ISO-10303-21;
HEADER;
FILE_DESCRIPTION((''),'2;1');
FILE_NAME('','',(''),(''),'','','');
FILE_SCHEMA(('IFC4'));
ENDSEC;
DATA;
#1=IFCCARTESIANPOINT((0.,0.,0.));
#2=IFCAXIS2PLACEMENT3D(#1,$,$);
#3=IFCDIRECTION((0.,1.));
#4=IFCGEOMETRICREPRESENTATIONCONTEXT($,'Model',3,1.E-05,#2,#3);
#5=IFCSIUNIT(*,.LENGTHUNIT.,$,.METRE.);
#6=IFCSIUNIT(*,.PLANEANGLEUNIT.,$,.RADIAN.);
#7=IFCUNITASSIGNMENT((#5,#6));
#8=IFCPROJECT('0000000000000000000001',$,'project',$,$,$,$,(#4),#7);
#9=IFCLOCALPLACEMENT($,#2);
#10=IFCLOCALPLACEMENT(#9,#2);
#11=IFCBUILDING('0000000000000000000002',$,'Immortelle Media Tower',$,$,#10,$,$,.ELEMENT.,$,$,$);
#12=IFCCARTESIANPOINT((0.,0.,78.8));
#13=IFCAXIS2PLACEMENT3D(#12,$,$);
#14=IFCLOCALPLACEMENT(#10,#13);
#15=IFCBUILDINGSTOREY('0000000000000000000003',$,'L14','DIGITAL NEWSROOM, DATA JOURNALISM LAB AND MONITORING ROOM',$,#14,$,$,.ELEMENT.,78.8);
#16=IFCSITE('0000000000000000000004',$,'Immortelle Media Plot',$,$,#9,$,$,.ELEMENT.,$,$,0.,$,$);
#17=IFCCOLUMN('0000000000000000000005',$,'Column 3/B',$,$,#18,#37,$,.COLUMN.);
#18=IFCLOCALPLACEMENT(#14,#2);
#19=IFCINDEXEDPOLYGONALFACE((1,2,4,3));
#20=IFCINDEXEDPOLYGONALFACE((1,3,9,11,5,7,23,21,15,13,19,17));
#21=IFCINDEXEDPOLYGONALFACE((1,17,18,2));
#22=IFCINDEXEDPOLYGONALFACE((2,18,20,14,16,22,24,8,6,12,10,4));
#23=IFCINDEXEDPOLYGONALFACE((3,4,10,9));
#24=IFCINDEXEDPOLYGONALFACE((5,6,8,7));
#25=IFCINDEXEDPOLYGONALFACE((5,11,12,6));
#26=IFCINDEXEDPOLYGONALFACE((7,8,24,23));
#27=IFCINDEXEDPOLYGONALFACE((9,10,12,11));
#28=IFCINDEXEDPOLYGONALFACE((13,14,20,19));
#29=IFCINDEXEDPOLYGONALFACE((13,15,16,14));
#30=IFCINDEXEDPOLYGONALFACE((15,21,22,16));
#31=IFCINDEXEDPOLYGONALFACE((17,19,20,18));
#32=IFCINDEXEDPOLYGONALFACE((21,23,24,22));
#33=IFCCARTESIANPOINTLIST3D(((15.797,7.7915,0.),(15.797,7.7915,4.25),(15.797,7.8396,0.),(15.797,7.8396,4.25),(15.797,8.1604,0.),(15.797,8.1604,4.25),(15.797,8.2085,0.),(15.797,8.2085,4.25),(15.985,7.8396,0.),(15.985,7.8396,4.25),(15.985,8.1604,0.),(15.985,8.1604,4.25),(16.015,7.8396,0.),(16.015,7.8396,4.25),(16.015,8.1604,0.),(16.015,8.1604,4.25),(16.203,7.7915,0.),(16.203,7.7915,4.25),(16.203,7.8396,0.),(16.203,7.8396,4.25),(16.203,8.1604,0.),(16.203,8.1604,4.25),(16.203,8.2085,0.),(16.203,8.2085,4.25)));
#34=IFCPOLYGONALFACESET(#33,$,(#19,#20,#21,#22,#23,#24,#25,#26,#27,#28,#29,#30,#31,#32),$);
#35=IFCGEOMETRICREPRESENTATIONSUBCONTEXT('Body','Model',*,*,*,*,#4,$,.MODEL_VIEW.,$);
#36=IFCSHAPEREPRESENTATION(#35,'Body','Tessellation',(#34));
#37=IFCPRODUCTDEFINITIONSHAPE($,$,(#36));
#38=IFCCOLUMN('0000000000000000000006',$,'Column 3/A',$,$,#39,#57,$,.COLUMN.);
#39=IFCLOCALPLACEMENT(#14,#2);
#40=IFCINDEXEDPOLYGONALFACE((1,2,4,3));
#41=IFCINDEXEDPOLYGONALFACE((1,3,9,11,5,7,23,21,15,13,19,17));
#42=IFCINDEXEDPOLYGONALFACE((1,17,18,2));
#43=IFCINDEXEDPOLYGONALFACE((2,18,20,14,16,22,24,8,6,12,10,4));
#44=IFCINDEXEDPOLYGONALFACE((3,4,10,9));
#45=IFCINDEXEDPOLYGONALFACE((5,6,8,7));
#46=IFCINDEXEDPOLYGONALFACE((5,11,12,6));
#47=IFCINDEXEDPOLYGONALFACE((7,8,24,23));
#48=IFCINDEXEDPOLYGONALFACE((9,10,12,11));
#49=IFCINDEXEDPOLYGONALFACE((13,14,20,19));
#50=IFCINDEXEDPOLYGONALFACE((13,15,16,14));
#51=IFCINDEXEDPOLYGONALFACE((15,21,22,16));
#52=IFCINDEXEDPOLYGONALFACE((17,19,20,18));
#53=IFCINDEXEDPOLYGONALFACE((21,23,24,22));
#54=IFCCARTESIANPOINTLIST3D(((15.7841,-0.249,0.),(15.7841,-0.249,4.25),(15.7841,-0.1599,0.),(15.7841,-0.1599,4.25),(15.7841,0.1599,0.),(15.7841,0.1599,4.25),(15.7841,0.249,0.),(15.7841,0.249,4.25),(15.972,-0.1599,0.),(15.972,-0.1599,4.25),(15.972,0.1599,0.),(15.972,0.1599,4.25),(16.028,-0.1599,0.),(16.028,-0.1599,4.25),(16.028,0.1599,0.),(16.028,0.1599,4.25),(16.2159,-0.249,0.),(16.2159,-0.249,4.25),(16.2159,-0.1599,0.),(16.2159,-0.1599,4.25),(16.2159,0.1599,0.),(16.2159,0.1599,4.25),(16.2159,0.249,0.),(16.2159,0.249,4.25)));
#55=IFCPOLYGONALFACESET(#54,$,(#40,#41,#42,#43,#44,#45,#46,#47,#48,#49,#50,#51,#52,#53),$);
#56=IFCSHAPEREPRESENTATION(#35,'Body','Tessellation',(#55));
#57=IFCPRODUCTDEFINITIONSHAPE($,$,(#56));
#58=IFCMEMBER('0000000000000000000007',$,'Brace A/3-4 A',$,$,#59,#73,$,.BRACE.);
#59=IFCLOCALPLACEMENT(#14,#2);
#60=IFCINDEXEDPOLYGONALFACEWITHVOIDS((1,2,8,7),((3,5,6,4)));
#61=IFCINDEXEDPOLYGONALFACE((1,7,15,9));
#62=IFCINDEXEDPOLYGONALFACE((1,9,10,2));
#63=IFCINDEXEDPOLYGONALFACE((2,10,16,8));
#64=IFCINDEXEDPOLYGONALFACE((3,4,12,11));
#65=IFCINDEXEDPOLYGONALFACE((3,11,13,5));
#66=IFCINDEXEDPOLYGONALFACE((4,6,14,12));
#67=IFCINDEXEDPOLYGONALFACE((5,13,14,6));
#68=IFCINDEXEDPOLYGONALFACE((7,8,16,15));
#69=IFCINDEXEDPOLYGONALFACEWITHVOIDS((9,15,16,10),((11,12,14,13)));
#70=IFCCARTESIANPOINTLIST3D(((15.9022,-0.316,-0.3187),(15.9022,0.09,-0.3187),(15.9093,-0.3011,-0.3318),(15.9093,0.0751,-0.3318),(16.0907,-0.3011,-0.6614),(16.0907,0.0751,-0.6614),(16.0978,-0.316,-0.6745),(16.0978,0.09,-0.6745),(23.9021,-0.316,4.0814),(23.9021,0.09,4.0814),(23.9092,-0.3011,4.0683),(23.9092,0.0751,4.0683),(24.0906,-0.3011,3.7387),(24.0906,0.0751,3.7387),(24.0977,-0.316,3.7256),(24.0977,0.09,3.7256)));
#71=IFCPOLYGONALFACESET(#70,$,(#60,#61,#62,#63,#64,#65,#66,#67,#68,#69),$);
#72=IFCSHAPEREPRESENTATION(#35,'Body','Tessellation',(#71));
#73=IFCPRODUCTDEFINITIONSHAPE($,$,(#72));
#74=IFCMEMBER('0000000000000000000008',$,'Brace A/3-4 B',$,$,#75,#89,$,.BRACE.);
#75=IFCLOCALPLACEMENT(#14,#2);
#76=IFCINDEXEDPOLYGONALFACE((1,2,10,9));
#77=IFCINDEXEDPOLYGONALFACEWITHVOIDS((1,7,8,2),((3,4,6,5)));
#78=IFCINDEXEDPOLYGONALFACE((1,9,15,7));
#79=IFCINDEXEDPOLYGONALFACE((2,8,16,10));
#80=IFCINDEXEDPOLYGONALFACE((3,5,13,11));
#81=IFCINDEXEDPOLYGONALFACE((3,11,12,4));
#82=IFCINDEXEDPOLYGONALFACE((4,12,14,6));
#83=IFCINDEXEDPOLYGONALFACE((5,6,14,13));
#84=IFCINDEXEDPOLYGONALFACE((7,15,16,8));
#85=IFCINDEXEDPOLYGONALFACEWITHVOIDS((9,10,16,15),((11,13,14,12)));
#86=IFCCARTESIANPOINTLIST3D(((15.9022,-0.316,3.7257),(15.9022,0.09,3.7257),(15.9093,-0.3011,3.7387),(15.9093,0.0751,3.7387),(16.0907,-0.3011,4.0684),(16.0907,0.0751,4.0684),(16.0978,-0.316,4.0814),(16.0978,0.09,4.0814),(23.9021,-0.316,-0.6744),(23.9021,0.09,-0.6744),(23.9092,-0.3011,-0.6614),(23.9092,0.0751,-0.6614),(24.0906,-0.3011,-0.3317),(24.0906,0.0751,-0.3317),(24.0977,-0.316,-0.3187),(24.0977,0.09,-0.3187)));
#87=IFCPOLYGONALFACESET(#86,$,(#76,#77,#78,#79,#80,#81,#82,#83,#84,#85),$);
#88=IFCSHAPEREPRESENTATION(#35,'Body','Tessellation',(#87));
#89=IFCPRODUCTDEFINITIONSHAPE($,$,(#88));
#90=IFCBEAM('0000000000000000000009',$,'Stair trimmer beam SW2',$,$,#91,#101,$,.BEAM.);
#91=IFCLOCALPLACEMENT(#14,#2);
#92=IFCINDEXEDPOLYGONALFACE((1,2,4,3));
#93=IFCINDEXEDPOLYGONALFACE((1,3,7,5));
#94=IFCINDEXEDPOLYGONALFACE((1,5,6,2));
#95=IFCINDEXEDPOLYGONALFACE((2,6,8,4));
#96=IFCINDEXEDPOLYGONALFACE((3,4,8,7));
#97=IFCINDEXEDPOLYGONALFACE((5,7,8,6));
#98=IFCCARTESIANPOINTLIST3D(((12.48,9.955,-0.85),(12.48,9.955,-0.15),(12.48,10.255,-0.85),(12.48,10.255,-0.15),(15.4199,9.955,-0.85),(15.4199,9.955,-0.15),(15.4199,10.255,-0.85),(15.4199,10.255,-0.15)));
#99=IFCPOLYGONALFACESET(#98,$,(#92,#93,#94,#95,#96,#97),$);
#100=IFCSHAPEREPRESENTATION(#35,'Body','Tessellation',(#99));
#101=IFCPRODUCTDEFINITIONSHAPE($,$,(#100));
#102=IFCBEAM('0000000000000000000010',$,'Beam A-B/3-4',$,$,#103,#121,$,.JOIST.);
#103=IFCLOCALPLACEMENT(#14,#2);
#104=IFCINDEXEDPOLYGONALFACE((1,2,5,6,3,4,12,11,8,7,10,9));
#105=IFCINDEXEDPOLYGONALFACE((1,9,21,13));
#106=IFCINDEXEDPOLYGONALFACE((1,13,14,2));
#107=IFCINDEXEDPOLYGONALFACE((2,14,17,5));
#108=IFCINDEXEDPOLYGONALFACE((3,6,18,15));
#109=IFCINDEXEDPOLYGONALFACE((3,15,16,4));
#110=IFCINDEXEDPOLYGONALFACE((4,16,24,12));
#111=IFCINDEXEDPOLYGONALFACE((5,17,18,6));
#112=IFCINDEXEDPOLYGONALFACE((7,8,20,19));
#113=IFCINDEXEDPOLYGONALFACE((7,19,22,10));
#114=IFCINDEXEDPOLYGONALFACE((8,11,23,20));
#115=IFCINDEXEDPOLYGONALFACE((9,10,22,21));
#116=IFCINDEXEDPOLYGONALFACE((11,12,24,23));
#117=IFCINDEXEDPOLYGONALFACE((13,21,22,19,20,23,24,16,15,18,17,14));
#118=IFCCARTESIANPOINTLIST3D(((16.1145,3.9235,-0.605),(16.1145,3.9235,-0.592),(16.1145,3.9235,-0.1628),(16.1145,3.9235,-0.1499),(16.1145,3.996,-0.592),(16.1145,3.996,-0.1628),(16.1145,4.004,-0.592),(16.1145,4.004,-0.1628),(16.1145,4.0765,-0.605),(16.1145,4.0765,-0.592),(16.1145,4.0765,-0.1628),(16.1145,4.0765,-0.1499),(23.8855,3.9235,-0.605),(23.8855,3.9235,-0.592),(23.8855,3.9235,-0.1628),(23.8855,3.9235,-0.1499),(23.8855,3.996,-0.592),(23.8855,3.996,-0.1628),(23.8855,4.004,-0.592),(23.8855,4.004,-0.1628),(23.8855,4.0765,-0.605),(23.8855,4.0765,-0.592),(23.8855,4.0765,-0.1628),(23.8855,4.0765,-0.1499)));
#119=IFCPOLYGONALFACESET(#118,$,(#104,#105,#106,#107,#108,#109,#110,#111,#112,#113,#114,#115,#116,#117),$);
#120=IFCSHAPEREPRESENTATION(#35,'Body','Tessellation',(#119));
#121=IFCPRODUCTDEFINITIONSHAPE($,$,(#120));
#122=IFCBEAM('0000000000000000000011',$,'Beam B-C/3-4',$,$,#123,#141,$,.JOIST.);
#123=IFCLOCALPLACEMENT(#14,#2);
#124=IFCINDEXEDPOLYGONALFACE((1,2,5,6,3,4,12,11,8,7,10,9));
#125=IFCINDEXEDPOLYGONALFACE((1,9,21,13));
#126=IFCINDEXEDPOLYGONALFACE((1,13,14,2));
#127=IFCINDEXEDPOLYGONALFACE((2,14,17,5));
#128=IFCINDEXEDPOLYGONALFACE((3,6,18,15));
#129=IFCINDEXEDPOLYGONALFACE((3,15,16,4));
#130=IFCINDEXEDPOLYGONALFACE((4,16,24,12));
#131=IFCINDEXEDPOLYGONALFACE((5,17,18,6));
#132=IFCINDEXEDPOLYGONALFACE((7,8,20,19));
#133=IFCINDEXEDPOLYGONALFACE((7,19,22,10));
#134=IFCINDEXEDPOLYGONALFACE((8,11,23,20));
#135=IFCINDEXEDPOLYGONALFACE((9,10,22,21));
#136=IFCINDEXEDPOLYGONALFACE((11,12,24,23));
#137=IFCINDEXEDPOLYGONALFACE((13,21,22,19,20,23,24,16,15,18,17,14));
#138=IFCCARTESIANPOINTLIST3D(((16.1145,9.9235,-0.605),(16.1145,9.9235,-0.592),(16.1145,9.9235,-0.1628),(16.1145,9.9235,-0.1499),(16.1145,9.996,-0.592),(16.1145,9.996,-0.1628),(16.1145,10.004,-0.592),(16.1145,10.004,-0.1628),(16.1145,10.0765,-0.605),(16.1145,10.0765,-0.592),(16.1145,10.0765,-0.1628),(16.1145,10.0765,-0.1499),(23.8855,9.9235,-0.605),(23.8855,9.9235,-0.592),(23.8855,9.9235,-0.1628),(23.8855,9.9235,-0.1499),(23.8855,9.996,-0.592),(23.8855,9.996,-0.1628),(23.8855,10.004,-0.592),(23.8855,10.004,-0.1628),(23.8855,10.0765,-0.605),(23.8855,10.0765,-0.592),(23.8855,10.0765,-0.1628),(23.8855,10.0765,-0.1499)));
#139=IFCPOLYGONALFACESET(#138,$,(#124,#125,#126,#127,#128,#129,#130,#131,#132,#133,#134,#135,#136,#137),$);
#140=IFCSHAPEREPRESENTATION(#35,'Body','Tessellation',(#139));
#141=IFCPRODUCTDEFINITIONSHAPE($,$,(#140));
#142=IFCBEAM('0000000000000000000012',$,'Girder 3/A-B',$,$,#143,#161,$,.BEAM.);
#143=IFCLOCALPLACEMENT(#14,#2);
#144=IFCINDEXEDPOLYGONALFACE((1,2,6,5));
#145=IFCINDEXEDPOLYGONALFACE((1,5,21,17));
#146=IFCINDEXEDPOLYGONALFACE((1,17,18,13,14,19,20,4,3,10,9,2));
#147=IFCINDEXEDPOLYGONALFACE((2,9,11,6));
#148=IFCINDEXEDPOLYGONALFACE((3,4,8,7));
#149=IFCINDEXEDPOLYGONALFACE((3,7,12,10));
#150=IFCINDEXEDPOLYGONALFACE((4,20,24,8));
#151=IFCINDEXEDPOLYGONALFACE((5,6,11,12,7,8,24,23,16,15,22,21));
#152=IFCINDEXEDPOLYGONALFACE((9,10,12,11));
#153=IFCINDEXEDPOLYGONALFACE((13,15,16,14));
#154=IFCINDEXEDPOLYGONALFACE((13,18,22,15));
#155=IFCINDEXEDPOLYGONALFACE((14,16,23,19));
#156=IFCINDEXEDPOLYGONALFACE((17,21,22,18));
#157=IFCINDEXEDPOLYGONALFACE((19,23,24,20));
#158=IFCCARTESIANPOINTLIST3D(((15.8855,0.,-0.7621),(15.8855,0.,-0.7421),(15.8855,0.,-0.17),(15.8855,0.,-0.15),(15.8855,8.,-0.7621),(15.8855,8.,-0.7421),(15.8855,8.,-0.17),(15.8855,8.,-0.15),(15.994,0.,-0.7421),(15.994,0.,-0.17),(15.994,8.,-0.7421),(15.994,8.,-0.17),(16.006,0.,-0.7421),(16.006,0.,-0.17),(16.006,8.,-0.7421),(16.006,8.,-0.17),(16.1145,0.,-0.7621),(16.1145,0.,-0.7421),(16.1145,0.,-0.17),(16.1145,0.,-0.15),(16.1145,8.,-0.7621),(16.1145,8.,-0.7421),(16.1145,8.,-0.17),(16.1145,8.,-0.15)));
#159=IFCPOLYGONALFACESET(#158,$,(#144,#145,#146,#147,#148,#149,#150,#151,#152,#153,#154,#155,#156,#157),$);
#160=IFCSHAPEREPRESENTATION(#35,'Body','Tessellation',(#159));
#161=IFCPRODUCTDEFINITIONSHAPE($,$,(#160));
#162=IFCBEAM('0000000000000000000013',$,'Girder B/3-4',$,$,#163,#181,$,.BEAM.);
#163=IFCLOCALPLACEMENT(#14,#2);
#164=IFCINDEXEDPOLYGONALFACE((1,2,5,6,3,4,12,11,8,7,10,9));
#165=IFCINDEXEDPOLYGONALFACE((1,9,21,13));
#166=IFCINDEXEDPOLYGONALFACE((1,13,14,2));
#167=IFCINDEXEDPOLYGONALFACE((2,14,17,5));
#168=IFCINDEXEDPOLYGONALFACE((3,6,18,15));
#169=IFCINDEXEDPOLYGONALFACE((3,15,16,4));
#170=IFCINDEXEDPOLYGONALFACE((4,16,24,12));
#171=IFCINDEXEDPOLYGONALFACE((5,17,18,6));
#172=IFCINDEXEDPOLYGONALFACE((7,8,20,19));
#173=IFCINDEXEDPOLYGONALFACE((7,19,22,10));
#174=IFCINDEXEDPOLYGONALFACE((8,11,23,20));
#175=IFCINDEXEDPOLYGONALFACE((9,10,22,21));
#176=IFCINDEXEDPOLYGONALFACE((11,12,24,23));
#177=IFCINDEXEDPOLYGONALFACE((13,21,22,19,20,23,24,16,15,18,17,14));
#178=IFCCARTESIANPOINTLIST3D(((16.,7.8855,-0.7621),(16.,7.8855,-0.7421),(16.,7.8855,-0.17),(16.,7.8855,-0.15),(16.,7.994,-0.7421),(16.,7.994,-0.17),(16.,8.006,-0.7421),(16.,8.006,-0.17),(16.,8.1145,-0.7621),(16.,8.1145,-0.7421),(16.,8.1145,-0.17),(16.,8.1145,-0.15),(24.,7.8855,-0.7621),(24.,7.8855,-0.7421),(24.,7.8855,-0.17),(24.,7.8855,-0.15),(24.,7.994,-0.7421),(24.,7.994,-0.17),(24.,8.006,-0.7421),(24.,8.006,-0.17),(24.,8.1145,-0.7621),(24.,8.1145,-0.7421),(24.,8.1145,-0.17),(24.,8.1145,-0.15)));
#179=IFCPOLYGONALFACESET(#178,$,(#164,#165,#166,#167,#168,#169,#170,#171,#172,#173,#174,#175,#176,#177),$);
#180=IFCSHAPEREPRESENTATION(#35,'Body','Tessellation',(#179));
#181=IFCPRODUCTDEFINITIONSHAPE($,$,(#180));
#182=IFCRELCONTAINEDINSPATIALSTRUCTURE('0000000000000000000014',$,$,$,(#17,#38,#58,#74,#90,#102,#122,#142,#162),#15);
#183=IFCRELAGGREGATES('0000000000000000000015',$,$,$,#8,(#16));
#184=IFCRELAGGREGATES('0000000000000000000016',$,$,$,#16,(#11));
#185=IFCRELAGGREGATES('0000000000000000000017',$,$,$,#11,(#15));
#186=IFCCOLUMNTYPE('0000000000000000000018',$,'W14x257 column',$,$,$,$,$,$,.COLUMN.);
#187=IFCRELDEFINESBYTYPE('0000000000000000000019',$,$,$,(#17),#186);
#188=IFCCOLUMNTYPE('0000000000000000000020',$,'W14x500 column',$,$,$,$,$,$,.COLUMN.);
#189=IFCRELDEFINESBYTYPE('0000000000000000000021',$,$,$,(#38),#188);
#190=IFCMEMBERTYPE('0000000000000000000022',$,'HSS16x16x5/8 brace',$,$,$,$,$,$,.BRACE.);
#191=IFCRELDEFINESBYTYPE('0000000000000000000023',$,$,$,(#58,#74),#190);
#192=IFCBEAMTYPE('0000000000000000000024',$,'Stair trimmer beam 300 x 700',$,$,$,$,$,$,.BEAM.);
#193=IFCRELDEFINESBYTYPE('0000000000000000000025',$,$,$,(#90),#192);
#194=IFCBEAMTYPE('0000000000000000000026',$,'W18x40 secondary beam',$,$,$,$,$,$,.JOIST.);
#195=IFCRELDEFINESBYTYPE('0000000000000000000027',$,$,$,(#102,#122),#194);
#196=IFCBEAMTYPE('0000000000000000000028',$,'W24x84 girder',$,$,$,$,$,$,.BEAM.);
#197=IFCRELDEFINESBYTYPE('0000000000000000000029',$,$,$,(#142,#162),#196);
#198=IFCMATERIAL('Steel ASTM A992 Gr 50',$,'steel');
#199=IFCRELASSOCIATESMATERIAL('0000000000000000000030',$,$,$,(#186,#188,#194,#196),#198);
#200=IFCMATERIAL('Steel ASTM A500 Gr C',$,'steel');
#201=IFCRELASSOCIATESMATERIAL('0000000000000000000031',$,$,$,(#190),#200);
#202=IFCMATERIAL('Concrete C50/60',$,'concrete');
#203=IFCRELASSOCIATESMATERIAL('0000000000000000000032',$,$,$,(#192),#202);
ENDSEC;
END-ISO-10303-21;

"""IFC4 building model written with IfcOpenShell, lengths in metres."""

from ifc_helpers import new_model, si_unit, direction, frame, origin, origin_2d, place, context, subcontext, project, spatial, rectangle, hollow_rectangle, i_section, extrude, material, material_profile, profile_set, type_object, element, save


model = new_model("IFC4")

# Units and contexts
model_context = context("Model", 3, precision=1e-05, world=origin(), true_north=direction((0.0, 1.0)))
body_context = subcontext(model_context, "Body", "Model", "MODEL_VIEW")
ifc_project = project(units=[si_unit("LENGTHUNIT", "METRE"), si_unit("PLANEANGLEUNIT", "RADIAN")], contexts=[model_context])

# Site, building, storey
site_placement = place(None, origin())
site = spatial("IfcSite", under=ifc_project, at=site_placement, Name="Immortelle Media Plot", CompositionType="ELEMENT", RefElevation=0.0)
building_placement = place(site_placement, origin())
building = spatial("IfcBuilding", under=site, at=building_placement, Name="Immortelle Media Tower", CompositionType="ELEMENT")
storey_placement = place(building_placement, frame((0.0, 0.0, 78.8)))
storey = spatial("IfcBuildingStorey", under=building, at=storey_placement, Name="L14", Description="DIGITAL NEWSROOM, DATA JOURNALISM LAB AND MONITORING ROOM", CompositionType="ELEMENT", Elevation=78.8)

# Columns
ifc_material_1 = material(Name="Steel ASTM A992 Gr 50", Category="steel")
ifc_material_profile_1 = material_profile(ifc_material_1, i_section(OverallWidth=0.406, OverallDepth=0.417, WebThickness=0.03, FlangeThickness=0.0481, at=origin_2d()), Name="W14x257")
ifc_profile_set_1 = profile_set([ifc_material_profile_1], Name="Steel ASTM A992 Gr 50")
column_type_1 = type_object("IfcColumnType", Name="W14x257 column", PredefinedType="COLUMN", material=ifc_profile_set_1)
column_1_placement = place(storey_placement, frame((16.0, 8.0, 0.0), z_axis=(0.0, 0.0, 1.0), x_axis=(1.0, 0.0, 0.0)))
element("IfcColumn", 1, at=column_1_placement, inside=storey, type_object=column_type_1, Name="Column 3/B", PredefinedType="COLUMN", context=body_context, shape_type="SweptSolid", body=[
    extrude(i_section(OverallWidth=0.406, OverallDepth=0.417, WebThickness=0.03, FlangeThickness=0.0481, at=origin_2d()), origin(), (0.0, 0.0, 1.0), 4.25),
])
ifc_material_profile_2 = material_profile(ifc_material_1, i_section(OverallWidth=0.4319, OverallDepth=0.498, WebThickness=0.0559, FlangeThickness=0.0891, at=origin_2d()), Name="W14x500")
ifc_profile_set_2 = profile_set([ifc_material_profile_2], Name="Steel ASTM A992 Gr 50")
column_type_2 = type_object("IfcColumnType", Name="W14x500 column", PredefinedType="COLUMN", material=ifc_profile_set_2)
column_2_placement = place(storey_placement, frame((16.0, 0.0, 0.0), z_axis=(0.0, 0.0, 1.0), x_axis=(1.0, 0.0, 0.0)))
element("IfcColumn", 2, at=column_2_placement, inside=storey, type_object=column_type_2, Name="Column 3/A", PredefinedType="COLUMN", context=body_context, shape_type="SweptSolid", body=[
    extrude(i_section(OverallWidth=0.4319, OverallDepth=0.498, WebThickness=0.0559, FlangeThickness=0.0891, at=origin_2d()), origin(), (0.0, 0.0, 1.0), 4.25),
])

# Members
ifc_material_2 = material(Name="Steel ASTM A500 Gr C", Category="steel")
ifc_material_profile_3 = material_profile(ifc_material_2, hollow_rectangle(XDim=0.406, YDim=0.406, WallThickness=0.0149, at=origin_2d()), Name="HSS16x16x5/8 brace")
ifc_profile_set_3 = profile_set([ifc_material_profile_3], Name="Steel ASTM A500 Gr C")
member_type = type_object("IfcMemberType", Name="HSS16x16x5/8 brace", PredefinedType="BRACE", material=ifc_profile_set_3)
for number, where, z_axis, x_axis, name in (
    (3, (16.0, -0.113, -0.4966), (0.876209, 0.0, 0.481931), (0.0, 1.0, 0.0), "Brace A/3-4 A"),
    (4, (16.0, -0.113, 3.9036), (0.876209, 0.0, -0.481931), (0.0, 1.0, 0.0), "Brace A/3-4 B"),
):
    element("IfcMember", number, at=place(storey_placement, frame(where, z_axis=z_axis, x_axis=x_axis)), inside=storey, type_object=member_type, Name=name, PredefinedType="BRACE", context=body_context, shape_type="SweptSolid", body=[
        extrude(hollow_rectangle(XDim=0.406, YDim=0.406, WallThickness=0.0149, at=origin_2d()), origin(), (0.0, 0.0, 1.0), 9.1301),
    ])

# Beams
ifc_material_3 = material(Name="Concrete C50/60", Category="concrete")
ifc_material_profile_4 = material_profile(ifc_material_3, rectangle(XDim=0.3, YDim=0.7, at=origin_2d()), Name="RC 300x700")
ifc_profile_set_4 = profile_set([ifc_material_profile_4], Name="Concrete C50/60")
beam_type_1 = type_object("IfcBeamType", Name="Stair trimmer beam 300 x 700", PredefinedType="BEAM", material=ifc_profile_set_4)
beam_1_placement = place(storey_placement, frame((12.48, 10.105, -0.5), z_axis=(1.0, 0.0, 0.0), x_axis=(0.0, 1.0, 0.0)))
element("IfcBeam", 5, at=beam_1_placement, inside=storey, type_object=beam_type_1, Name="Stair trimmer beam SW2", PredefinedType="BEAM", context=body_context, shape_type="SweptSolid", body=[
    extrude(rectangle(XDim=0.3, YDim=0.7, at=origin_2d()), origin(), (0.0, 0.0, 1.0), 2.9399),
])
ifc_material_profile_5 = material_profile(ifc_material_1, i_section(OverallWidth=0.1531, OverallDepth=0.4551, WebThickness=0.0081, FlangeThickness=0.0129, at=origin_2d()), Name="W18x40")
ifc_profile_set_5 = profile_set([ifc_material_profile_5], Name="Steel ASTM A992 Gr 50")
beam_type_2 = type_object("IfcBeamType", Name="W18x40 secondary beam", PredefinedType="JOIST", material=ifc_profile_set_5)
for number, where, z_axis, x_axis, name in (
    (6, (16.1145, 4.0, -0.3774), (1.0, 0.0, 0.0), (0.0, 1.0, 0.0), "Beam A-B/3-4"),
    (7, (16.1145, 10.0, -0.3774), (1.0, 0.0, 0.0), (0.0, 1.0, 0.0), "Beam B-C/3-4"),
):
    element("IfcBeam", number, at=place(storey_placement, frame(where, z_axis=z_axis, x_axis=x_axis)), inside=storey, type_object=beam_type_2, Name=name, PredefinedType="JOIST", context=body_context, shape_type="SweptSolid", body=[
        extrude(i_section(OverallWidth=0.1531, OverallDepth=0.4551, WebThickness=0.0081, FlangeThickness=0.0129, at=origin_2d()), origin(), (0.0, 0.0, 1.0), 7.771),
    ])
ifc_material_profile_6 = material_profile(ifc_material_1, i_section(OverallWidth=0.229, OverallDepth=0.6121, WebThickness=0.012, FlangeThickness=0.02, at=origin_2d()), Name="W24x84")
ifc_profile_set_6 = profile_set([ifc_material_profile_6], Name="Steel ASTM A992 Gr 50")
beam_type_3 = type_object("IfcBeamType", Name="W24x84 girder", PredefinedType="BEAM", material=ifc_profile_set_6)
for number, where, z_axis, x_axis, name in (
    (8, (16.0, 0.0, -0.4561), (0.0, 1.0, 0.0), (-1.0, 0.0, 0.0), "Girder 3/A-B"),
    (9, (16.0, 8.0, -0.4561), (1.0, 0.0, 0.0), (0.0, 1.0, 0.0), "Girder B/3-4"),
):
    element("IfcBeam", number, at=place(storey_placement, frame(where, z_axis=z_axis, x_axis=x_axis)), inside=storey, type_object=beam_type_3, Name=name, PredefinedType="BEAM", context=body_context, shape_type="SweptSolid", body=[
        extrude(i_section(OverallWidth=0.229, OverallDepth=0.6121, WebThickness=0.012, FlangeThickness=0.02, at=origin_2d()), origin(), (0.0, 0.0, 1.0), 8.0),
    ])

save(model, "model.ifc")
